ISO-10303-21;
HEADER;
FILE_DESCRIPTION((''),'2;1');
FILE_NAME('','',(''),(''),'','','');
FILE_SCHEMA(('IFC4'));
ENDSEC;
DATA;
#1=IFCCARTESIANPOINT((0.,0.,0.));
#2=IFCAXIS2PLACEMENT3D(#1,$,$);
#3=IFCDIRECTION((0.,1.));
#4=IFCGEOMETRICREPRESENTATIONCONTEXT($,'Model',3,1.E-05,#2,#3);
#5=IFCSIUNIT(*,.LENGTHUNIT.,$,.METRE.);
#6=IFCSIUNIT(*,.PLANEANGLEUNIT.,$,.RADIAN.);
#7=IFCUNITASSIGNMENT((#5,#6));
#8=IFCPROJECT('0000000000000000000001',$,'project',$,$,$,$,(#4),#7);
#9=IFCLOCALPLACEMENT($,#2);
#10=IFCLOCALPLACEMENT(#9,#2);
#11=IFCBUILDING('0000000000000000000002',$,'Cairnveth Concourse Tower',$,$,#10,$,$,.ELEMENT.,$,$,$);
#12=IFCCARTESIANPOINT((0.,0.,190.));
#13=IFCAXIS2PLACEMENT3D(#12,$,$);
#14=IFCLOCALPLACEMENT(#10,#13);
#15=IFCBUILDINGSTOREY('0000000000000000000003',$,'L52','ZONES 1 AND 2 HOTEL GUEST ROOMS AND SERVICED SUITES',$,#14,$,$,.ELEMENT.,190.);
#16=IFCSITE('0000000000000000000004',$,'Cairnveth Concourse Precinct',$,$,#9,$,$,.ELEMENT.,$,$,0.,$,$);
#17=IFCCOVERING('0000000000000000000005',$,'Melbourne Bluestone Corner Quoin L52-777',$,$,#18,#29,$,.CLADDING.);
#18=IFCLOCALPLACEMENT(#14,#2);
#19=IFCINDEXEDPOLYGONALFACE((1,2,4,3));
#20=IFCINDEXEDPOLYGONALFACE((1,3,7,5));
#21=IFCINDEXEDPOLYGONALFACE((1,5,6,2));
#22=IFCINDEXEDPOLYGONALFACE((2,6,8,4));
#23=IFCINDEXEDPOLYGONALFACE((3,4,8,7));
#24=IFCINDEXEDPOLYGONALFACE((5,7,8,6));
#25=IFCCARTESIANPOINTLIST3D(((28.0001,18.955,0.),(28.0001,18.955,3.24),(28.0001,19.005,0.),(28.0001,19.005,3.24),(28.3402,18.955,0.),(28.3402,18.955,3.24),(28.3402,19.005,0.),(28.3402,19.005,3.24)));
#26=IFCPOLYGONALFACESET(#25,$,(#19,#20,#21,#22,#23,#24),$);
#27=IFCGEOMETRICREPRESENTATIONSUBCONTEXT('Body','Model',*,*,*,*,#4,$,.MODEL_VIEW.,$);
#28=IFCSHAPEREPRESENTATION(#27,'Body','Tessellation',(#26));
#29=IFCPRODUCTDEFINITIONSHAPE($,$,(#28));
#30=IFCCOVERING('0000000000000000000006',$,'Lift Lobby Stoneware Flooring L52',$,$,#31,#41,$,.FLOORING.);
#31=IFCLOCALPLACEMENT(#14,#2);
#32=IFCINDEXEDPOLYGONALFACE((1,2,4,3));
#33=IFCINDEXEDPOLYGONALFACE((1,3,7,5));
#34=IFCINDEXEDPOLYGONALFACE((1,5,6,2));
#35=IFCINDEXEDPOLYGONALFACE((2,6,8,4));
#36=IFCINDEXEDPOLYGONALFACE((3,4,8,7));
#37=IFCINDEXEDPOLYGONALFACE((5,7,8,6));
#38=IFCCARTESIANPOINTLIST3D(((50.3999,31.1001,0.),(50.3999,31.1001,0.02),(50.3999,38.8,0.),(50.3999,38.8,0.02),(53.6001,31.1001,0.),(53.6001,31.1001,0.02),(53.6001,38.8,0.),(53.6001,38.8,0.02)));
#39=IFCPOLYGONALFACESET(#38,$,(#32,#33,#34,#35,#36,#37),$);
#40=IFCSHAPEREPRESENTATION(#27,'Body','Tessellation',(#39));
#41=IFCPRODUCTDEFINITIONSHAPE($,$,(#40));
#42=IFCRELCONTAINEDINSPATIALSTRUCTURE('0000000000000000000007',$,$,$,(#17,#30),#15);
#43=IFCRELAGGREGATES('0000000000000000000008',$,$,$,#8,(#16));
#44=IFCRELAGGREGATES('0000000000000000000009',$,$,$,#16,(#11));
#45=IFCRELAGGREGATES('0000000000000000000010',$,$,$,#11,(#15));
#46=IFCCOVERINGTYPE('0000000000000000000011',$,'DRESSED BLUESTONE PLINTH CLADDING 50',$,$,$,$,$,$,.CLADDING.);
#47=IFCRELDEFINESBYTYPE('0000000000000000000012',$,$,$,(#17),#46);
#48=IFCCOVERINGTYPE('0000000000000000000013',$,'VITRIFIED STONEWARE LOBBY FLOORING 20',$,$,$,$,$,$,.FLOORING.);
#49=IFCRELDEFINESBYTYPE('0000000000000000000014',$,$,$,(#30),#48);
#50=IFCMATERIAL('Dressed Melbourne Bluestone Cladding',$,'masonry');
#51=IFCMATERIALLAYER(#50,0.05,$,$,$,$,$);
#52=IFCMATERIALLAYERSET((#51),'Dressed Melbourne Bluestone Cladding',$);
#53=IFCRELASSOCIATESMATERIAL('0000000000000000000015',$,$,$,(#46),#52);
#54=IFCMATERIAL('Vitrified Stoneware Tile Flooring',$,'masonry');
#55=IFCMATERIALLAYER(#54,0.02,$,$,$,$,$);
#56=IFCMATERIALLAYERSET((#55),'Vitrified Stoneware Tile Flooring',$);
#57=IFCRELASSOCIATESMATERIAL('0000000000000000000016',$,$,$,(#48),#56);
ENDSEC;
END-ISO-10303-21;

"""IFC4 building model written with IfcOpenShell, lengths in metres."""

from ifc_helpers import new_model, si_unit, direction, frame, frame_2d, origin, place, context, subcontext, project, spatial, polyline, rectangle, outline, extrude, material, layer, layer_set, type_object, element, save


model = new_model("IFC4")

# Units and contexts
model_context = context("Model", 3, precision=1e-05, world=origin(), true_north=direction((0.0, 1.0)))
body_context = subcontext(model_context, "Body", "Model", "MODEL_VIEW")
ifc_project = project(units=[si_unit("LENGTHUNIT", "METRE"), si_unit("PLANEANGLEUNIT", "RADIAN")], contexts=[model_context])

# Site, building, storey
site_placement = place(None, origin())
site = spatial("IfcSite", under=ifc_project, at=site_placement, Name="Cairnveth Concourse Precinct", CompositionType="ELEMENT", RefElevation=0.0)
building_placement = place(site_placement, origin())
building = spatial("IfcBuilding", under=site, at=building_placement, Name="Cairnveth Concourse Tower", CompositionType="ELEMENT")
storey_placement = place(building_placement, frame((0.0, 0.0, 190.0)))
storey = spatial("IfcBuildingStorey", under=building, at=storey_placement, Name="L52", Description="ZONES 1 AND 2 HOTEL GUEST ROOMS AND SERVICED SUITES", CompositionType="ELEMENT", Elevation=190.0)

# Coverings
ifc_material_1 = material(Name="Dressed Melbourne Bluestone Cladding", Category="masonry")
ifc_layer_1 = layer(ifc_material_1, 0.05)
ifc_layer_set_1 = layer_set([ifc_layer_1], Name="Dressed Melbourne Bluestone Cladding")
covering_type_1 = type_object("IfcCoveringType", Name="DRESSED BLUESTONE PLINTH CLADDING 50", PredefinedType="CLADDING", material=ifc_layer_set_1)
for number, where, z_axis, x_axis, name in (
    (1, (28.3401, 18.98, 0.0), (0.0, 0.0, 1.0), (-1.0, 0.0, 0.0), "Melbourne Bluestone Corner Quoin L52-777"),
):
    element("IfcCovering", number, at=place(storey_placement, frame(where, z_axis=z_axis, x_axis=x_axis)), inside=storey, type_object=covering_type_1, Name=name, PredefinedType="CLADDING", context=body_context, shape_type="SweptSolid", body=[
        extrude(rectangle(XDim=0.3401, YDim=0.05, at=frame_2d((0.1699, 0.0))), origin(), (0.0, 0.0, 1.0), 3.24),
    ])
ifc_material_2 = material(Name="Vitrified Stoneware Tile Flooring", Category="masonry")
ifc_layer_2 = layer(ifc_material_2, 0.02)
ifc_layer_set_2 = layer_set([ifc_layer_2], Name="Vitrified Stoneware Tile Flooring")
covering_type_2 = type_object("IfcCoveringType", Name="VITRIFIED STONEWARE LOBBY FLOORING 20", PredefinedType="FLOORING", material=ifc_layer_set_2)
covering_1_placement = place(storey_placement, origin())
element("IfcCovering", 2, at=covering_1_placement, inside=storey, type_object=covering_type_2, Name="Lift Lobby Stoneware Flooring L52", PredefinedType="FLOORING", context=body_context, shape_type="SweptSolid", body=[
    extrude(outline(polyline([(50.3999, 31.1001), (53.6001, 31.1001), (53.6001, 38.8), (50.3999, 38.8), (50.3999, 31.1001)])), origin(), (0.0, 0.0, 1.0), 0.02),
])

save(model, "model.ifc")
